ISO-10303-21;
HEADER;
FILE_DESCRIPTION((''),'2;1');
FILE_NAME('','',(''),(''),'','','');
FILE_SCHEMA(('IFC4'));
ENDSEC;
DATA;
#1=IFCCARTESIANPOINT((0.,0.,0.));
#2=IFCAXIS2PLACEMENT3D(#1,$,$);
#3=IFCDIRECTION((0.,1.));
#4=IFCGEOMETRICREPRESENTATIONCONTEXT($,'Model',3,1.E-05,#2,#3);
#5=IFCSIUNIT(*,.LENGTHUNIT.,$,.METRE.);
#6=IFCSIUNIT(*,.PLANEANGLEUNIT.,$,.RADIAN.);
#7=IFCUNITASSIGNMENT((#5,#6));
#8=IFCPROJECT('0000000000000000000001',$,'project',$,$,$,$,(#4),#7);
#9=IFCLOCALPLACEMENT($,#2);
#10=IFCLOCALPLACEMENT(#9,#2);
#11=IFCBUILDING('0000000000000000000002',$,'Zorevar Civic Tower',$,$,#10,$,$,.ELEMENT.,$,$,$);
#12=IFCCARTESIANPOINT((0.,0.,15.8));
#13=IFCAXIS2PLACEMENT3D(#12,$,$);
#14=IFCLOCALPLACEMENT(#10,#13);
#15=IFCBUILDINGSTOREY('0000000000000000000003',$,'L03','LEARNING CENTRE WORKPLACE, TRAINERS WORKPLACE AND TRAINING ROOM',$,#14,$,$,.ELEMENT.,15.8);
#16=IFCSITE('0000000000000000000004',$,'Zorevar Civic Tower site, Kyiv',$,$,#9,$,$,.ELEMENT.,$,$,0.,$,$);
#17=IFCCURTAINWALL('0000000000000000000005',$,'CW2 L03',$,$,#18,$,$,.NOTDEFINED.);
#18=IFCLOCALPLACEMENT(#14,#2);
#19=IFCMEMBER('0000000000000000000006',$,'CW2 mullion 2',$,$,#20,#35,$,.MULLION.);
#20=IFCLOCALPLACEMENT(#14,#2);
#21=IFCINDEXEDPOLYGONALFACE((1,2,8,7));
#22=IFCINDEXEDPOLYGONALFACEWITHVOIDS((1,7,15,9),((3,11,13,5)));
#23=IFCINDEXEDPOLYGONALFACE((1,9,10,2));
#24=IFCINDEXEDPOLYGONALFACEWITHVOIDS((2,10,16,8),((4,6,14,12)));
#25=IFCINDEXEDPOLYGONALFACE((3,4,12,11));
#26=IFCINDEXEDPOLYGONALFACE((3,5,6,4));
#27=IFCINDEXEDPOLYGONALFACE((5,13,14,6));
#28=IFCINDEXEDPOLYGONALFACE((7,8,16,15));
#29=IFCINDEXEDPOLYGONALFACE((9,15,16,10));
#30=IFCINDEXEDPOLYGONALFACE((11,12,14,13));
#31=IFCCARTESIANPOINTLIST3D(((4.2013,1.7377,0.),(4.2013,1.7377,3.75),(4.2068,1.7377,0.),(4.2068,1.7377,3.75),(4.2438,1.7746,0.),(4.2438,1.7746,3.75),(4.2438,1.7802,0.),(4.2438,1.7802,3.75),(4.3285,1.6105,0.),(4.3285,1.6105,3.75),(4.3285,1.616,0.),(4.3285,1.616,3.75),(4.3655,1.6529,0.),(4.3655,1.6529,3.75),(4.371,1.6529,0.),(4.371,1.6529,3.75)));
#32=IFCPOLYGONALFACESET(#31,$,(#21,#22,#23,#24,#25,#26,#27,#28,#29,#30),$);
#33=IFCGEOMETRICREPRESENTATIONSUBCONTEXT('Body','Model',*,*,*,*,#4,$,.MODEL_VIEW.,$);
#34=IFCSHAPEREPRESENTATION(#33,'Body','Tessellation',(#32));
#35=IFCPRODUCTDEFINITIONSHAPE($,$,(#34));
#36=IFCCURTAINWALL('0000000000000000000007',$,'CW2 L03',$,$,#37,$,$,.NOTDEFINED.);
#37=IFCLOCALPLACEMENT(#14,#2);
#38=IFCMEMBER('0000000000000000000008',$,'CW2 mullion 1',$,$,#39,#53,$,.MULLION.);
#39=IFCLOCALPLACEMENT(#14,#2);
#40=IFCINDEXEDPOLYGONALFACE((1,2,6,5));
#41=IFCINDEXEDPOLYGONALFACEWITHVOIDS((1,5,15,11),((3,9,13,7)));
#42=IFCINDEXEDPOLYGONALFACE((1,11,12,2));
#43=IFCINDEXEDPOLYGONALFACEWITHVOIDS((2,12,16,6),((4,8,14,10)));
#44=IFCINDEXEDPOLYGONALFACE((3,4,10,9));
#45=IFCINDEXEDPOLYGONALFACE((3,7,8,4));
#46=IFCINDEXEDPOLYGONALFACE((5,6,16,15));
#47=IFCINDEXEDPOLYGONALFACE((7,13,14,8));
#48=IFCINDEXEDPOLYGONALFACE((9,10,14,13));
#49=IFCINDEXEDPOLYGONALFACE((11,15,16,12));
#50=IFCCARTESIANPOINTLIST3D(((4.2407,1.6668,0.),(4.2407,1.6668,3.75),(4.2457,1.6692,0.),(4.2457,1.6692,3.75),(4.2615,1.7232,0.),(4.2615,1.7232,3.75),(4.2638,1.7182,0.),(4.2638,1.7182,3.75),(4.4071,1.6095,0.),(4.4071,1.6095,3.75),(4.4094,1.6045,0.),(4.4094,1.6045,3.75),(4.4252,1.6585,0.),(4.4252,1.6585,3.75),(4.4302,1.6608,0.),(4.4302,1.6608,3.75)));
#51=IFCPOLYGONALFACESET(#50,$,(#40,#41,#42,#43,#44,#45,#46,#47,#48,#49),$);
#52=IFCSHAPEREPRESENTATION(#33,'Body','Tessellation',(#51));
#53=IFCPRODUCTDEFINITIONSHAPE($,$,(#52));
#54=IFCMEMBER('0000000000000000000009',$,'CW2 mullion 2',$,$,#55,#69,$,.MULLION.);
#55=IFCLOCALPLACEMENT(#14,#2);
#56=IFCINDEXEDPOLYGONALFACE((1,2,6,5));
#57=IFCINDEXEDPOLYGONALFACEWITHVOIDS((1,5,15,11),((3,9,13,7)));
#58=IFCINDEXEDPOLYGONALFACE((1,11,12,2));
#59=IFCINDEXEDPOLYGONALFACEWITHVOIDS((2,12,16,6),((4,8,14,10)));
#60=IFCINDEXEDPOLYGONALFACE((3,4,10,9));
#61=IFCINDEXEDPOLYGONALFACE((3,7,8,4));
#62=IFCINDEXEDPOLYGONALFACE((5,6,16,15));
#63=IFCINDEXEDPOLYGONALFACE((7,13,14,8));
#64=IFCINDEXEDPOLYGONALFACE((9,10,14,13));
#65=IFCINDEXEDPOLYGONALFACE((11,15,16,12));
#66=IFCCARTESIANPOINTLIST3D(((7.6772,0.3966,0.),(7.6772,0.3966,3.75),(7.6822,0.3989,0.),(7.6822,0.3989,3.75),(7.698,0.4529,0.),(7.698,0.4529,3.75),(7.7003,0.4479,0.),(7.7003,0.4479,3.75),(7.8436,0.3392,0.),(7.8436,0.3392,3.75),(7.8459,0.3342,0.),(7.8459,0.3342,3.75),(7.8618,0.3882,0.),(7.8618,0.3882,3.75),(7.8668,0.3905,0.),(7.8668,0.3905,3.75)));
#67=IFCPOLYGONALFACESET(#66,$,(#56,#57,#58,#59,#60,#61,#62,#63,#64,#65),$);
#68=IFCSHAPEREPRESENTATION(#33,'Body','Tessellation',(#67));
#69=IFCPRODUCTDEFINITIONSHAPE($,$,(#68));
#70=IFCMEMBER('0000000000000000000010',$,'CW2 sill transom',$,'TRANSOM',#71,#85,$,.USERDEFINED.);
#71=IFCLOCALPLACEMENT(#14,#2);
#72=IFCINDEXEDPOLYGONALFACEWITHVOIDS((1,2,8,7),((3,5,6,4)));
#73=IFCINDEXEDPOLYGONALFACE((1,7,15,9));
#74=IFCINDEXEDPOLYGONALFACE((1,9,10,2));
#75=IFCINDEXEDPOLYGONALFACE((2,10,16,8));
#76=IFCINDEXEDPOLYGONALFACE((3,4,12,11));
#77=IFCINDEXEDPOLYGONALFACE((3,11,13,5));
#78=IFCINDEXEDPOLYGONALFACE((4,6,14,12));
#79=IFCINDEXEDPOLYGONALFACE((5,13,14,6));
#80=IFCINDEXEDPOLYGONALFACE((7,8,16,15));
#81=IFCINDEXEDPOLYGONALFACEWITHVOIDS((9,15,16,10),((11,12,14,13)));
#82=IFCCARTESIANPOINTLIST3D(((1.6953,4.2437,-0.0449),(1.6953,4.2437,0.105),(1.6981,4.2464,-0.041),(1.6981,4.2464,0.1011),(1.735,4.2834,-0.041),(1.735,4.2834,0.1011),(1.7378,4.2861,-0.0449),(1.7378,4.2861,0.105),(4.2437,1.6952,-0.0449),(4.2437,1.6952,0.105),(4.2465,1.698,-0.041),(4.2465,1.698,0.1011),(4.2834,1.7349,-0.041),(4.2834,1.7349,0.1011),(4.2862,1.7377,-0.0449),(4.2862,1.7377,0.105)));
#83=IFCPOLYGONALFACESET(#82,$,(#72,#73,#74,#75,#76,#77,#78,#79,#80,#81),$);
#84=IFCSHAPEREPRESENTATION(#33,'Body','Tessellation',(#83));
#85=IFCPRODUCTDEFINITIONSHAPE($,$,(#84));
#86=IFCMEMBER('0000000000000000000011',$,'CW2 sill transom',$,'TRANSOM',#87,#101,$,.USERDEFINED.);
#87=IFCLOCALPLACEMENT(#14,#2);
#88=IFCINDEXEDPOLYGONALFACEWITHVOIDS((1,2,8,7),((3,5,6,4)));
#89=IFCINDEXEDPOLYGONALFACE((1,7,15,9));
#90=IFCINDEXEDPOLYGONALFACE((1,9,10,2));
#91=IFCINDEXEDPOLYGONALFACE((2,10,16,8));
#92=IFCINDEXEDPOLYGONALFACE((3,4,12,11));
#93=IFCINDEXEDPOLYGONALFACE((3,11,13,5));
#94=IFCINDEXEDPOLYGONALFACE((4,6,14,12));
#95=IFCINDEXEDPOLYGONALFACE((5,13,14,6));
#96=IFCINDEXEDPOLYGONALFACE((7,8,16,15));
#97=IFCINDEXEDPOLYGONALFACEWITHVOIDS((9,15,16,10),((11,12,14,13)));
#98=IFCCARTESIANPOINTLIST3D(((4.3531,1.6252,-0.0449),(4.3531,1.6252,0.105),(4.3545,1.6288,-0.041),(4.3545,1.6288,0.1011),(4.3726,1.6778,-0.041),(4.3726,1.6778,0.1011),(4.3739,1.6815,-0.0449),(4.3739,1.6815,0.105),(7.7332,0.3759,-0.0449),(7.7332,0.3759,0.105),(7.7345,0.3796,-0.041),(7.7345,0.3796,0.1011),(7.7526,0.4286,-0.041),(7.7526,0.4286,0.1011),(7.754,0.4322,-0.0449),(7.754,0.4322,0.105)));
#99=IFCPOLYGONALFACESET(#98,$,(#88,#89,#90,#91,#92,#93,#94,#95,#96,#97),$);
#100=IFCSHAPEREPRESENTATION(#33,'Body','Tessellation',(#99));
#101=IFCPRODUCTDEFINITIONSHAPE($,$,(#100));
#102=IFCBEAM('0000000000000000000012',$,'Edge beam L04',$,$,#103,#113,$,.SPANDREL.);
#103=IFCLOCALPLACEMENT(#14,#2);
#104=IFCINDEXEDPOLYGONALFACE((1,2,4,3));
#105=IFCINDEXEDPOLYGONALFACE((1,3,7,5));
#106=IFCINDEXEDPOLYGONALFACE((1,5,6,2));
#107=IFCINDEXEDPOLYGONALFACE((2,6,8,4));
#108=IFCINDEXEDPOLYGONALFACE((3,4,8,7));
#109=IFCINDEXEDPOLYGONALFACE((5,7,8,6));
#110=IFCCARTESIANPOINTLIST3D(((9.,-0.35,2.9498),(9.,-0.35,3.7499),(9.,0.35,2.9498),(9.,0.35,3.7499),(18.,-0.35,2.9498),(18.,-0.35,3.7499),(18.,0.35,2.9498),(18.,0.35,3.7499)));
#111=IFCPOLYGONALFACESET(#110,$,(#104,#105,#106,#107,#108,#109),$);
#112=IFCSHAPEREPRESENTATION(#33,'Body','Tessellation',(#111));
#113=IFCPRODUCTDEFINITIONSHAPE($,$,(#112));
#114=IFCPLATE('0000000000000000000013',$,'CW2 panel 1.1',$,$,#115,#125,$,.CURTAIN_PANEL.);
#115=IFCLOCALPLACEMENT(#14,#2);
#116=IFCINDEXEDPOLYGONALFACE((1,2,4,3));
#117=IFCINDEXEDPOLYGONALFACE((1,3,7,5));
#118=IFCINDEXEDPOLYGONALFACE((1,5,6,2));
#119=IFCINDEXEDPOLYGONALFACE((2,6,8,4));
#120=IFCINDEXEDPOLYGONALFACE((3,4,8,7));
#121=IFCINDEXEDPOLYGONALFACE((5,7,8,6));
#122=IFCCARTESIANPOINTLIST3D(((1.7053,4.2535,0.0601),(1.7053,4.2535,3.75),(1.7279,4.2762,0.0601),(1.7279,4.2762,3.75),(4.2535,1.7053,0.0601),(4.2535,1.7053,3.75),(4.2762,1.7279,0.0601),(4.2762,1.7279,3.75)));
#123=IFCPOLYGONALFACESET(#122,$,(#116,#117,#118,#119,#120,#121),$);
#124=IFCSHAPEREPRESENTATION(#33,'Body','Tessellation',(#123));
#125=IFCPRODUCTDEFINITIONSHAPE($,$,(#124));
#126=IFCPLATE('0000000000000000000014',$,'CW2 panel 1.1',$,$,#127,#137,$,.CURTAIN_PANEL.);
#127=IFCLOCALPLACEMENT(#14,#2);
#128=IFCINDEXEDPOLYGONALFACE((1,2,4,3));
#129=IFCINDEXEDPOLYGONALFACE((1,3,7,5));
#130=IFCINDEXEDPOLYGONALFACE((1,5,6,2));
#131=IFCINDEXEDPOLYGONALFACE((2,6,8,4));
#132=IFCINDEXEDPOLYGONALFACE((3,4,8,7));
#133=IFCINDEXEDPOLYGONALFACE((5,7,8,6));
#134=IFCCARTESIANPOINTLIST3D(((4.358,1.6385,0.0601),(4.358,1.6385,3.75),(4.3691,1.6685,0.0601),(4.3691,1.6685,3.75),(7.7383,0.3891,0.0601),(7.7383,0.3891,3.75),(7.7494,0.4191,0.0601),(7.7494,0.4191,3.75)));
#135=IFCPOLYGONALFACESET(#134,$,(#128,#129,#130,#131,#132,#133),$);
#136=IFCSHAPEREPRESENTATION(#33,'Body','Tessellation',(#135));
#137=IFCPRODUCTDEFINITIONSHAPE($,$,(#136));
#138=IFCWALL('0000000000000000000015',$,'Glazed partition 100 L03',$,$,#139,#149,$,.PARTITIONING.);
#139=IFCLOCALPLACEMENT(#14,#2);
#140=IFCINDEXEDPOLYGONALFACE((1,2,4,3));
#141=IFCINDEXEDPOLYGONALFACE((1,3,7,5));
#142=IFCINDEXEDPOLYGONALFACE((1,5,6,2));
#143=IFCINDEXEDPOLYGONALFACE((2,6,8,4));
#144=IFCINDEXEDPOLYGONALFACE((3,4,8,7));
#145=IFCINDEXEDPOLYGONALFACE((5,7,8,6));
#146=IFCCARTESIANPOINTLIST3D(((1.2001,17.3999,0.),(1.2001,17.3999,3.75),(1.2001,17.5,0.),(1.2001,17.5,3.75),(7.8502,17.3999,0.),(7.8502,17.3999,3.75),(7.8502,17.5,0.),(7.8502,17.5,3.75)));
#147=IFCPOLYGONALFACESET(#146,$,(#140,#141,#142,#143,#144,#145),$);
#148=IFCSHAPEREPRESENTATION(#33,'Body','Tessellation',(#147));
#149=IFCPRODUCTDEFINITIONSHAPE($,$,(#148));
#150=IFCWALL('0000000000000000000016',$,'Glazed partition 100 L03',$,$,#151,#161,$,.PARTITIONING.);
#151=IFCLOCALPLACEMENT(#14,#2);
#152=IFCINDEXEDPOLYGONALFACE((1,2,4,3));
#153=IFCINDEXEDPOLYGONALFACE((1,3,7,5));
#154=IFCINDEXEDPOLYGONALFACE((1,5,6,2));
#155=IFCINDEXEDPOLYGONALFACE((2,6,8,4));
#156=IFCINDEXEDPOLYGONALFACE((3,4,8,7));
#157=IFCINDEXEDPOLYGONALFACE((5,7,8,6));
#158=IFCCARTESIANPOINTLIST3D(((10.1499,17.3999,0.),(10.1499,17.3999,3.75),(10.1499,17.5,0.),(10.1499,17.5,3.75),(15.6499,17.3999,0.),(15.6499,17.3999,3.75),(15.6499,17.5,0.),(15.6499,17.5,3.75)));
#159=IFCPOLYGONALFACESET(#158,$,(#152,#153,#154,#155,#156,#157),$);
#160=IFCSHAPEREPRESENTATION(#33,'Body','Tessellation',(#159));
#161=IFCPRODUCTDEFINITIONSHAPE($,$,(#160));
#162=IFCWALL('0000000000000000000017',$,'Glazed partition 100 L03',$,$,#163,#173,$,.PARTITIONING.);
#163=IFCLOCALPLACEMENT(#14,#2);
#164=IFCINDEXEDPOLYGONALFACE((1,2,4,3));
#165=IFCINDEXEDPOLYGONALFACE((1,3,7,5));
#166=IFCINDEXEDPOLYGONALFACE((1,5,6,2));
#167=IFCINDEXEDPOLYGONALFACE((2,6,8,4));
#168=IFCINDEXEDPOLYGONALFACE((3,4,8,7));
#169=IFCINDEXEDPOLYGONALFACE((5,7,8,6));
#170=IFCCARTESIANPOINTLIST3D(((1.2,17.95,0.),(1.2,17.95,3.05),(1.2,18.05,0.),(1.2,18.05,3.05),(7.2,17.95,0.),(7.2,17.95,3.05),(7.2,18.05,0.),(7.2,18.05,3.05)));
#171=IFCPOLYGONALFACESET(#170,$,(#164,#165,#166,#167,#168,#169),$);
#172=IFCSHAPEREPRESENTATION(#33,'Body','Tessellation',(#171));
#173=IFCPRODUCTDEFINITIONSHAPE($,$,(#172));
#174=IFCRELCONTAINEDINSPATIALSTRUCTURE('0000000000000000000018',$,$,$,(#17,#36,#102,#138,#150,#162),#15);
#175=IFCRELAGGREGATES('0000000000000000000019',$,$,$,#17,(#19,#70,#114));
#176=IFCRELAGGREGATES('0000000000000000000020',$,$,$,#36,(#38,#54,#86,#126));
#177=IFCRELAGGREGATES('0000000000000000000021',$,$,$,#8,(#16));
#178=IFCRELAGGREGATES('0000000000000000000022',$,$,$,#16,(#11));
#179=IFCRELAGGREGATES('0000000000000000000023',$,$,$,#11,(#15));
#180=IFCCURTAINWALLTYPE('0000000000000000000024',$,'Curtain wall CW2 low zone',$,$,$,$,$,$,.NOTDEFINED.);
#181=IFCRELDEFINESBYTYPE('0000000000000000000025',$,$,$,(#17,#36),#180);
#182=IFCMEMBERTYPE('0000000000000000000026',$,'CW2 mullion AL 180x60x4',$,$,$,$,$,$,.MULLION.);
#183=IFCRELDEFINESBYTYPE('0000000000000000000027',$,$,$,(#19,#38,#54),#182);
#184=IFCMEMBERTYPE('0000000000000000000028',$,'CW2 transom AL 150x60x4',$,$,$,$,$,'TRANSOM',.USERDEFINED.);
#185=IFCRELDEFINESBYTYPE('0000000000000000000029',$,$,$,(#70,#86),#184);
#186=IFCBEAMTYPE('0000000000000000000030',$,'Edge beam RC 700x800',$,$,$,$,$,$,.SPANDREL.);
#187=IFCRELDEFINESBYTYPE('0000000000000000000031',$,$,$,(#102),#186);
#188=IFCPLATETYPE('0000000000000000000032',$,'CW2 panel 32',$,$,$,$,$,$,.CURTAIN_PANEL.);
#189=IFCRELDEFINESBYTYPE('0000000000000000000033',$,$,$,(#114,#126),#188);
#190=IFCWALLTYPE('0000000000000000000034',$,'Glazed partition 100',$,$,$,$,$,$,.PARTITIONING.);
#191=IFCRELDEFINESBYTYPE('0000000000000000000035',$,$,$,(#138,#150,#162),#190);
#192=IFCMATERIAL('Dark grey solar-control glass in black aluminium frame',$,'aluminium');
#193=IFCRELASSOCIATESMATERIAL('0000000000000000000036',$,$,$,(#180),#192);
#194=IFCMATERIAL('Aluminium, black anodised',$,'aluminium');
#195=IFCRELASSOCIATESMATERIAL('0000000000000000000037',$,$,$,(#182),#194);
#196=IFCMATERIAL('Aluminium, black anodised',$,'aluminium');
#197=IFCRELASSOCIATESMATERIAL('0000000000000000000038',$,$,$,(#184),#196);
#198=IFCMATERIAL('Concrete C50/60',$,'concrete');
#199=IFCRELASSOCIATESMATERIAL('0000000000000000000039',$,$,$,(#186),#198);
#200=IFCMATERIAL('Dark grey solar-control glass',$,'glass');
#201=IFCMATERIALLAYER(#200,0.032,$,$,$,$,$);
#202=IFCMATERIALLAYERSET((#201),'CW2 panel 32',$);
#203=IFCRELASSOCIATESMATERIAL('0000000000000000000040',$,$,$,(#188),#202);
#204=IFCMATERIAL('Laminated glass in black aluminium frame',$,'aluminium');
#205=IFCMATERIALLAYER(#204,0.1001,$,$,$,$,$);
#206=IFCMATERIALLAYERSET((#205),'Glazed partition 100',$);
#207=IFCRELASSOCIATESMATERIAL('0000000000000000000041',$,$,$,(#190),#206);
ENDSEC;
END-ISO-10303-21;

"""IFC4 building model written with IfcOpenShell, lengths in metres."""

from ifc_helpers import new_model, si_unit, direction, frame, frame_2d, origin, origin_2d, place, context, subcontext, project, spatial, rectangle, hollow_rectangle, extrude, material, layer, layer_set, material_profile, profile_set, type_object, element, aggregate, save


model = new_model("IFC4")

# Units and contexts
model_context = context("Model", 3, precision=1e-05, world=origin(), true_north=direction((0.0, 1.0)))
body_context = subcontext(model_context, "Body", "Model", "MODEL_VIEW")
ifc_project = project(units=[si_unit("LENGTHUNIT", "METRE"), si_unit("PLANEANGLEUNIT", "RADIAN")], contexts=[model_context])

# Site, building, storey
site_placement = place(None, origin())
site = spatial("IfcSite", under=ifc_project, at=site_placement, Name="Zorevar Civic Tower site, Kyiv", CompositionType="ELEMENT", RefElevation=0.0)
building_placement = place(site_placement, origin())
building = spatial("IfcBuilding", under=site, at=building_placement, Name="Zorevar Civic Tower", CompositionType="ELEMENT")
storey_placement = place(building_placement, frame((0.0, 0.0, 15.8)))
storey = spatial("IfcBuildingStorey", under=building, at=storey_placement, Name="L03", Description="LEARNING CENTRE WORKPLACE, TRAINERS WORKPLACE AND TRAINING ROOM", CompositionType="ELEMENT", Elevation=15.8)

# Shared definitions
ifc_material_1 = material(Name="Dark grey solar-control glass in black aluminium frame", Category="aluminium")
curtain_wall_type = type_object("IfcCurtainWallType", Name="Curtain wall CW2 low zone", PredefinedType="NOTDEFINED", material=ifc_material_1)
ifc_material_2 = material(Name="Aluminium, black anodised", Category="aluminium")
ifc_material_profile_1 = material_profile(ifc_material_2, hollow_rectangle(XDim=0.0601, YDim=0.1799, WallThickness=0.0039, at=origin_2d()), Name="AL 180x60x4")
ifc_profile_set_1 = profile_set([ifc_material_profile_1], Name="Aluminium, black anodised")
member_type_1 = type_object("IfcMemberType", Name="CW2 mullion AL 180x60x4", PredefinedType="MULLION", material=ifc_profile_set_1)

# Curtain walls, members
curtain_wall_1_placement = place(storey_placement, origin())
curtain_wall_1 = element("IfcCurtainWall", 1, at=curtain_wall_1_placement, inside=storey, type_object=curtain_wall_type, Name="CW2 L03", PredefinedType="NOTDEFINED")
member_1_placement = place(storey_placement, frame((4.2861, 1.6953, 0.0), z_axis=(0.0, 0.0, 1.0), x_axis=(0.707107, 0.707107, 0.0)))
member_1 = element("IfcMember", 2, at=member_1_placement, type_object=member_type_1, Name="CW2 mullion 2", PredefinedType="MULLION", context=body_context, shape_type="SweptSolid", body=[
    extrude(hollow_rectangle(XDim=0.0601, YDim=0.1799, WallThickness=0.0039, at=origin_2d()), origin(), (0.0, 0.0, 1.0), 3.75),
])
curtain_wall_2_placement = place(storey_placement, origin())
curtain_wall_2 = element("IfcCurtainWall", 3, at=curtain_wall_2_placement, inside=storey, type_object=curtain_wall_type, Name="CW2 L03", PredefinedType="NOTDEFINED")
member_2_placement = place(storey_placement, frame((4.3354, 1.6638, 0.0), z_axis=(0.0, 0.0, 1.0), x_axis=(0.346704, 0.937975, 0.0)))
member_2 = element("IfcMember", 4, at=member_2_placement, type_object=member_type_1, Name="CW2 mullion 1", PredefinedType="MULLION", context=body_context, shape_type="SweptSolid", body=[
    extrude(hollow_rectangle(XDim=0.0601, YDim=0.1799, WallThickness=0.0039, at=origin_2d()), origin(), (0.0, 0.0, 1.0), 3.75),
])
member_3_placement = place(storey_placement, frame((7.772, 0.3936, 0.0), z_axis=(0.0, 0.0, 1.0), x_axis=(0.346704, 0.937975, 0.0)))
member_3 = element("IfcMember", 5, at=member_3_placement, type_object=member_type_1, Name="CW2 mullion 2", PredefinedType="MULLION", context=body_context, shape_type="SweptSolid", body=[
    extrude(hollow_rectangle(XDim=0.0601, YDim=0.1799, WallThickness=0.0039, at=origin_2d()), origin(), (0.0, 0.0, 1.0), 3.75),
])

# Members
ifc_material_3 = material(Name="Aluminium, black anodised", Category="aluminium")
ifc_material_profile_2 = material_profile(ifc_material_3, hollow_rectangle(XDim=0.0601, YDim=0.1499, WallThickness=0.0039, at=origin_2d()), Name="AL 150x60x4")
ifc_profile_set_2 = profile_set([ifc_material_profile_2], Name="Aluminium, black anodised")
member_type_2 = type_object("IfcMemberType", Name="CW2 transom AL 150x60x4", ElementType="TRANSOM", PredefinedType="USERDEFINED", material=ifc_profile_set_2)
member_4_placement = place(storey_placement, frame((1.7166, 4.2649, 0.03), z_axis=(0.707107, -0.707107, 0.0), x_axis=(0.707107, 0.707107, 0.0)))
member_4 = element("IfcMember", 6, at=member_4_placement, type_object=member_type_2, Name="CW2 sill transom", ObjectType="TRANSOM", PredefinedType="USERDEFINED", context=body_context, shape_type="SweptSolid", body=[
    extrude(hollow_rectangle(XDim=0.0601, YDim=0.1499, WallThickness=0.0039, at=origin_2d()), origin(), (0.0, 0.0, 1.0), 3.604),
])
member_5_placement = place(storey_placement, frame((4.3635, 1.6533, 0.03), z_axis=(0.937986, -0.346672, 0.0), x_axis=(0.346672, 0.937986, 0.0)))
member_5 = element("IfcMember", 7, at=member_5_placement, type_object=member_type_2, Name="CW2 sill transom", ObjectType="TRANSOM", PredefinedType="USERDEFINED", context=body_context, shape_type="SweptSolid", body=[
    extrude(hollow_rectangle(XDim=0.0601, YDim=0.1499, WallThickness=0.0039, at=origin_2d()), origin(), (0.0, 0.0, 1.0), 3.6035),
])

# Beam
ifc_material_4 = material(Name="Concrete C50/60", Category="concrete")
ifc_material_profile_3 = material_profile(ifc_material_4, rectangle(XDim=0.7, YDim=0.8, at=origin_2d()), Name="RC 700x800")
ifc_profile_set_3 = profile_set([ifc_material_profile_3], Name="Concrete C50/60")
beam_type_1 = type_object("IfcBeamType", Name="Edge beam RC 700x800", PredefinedType="SPANDREL", material=ifc_profile_set_3)
beam_1_placement = place(storey_placement, frame((9.0, 0.0, 3.3499), z_axis=(1.0, 0.0, 0.0), x_axis=(0.0, 1.0, 0.0)))
element("IfcBeam", 8, at=beam_1_placement, inside=storey, type_object=beam_type_1, Name="Edge beam L04", PredefinedType="SPANDREL", context=body_context, shape_type="SweptSolid", body=[
    extrude(rectangle(XDim=0.7, YDim=0.8, at=origin_2d()), origin(), (0.0, 0.0, 1.0), 9.0),
])

# Plates
ifc_material_5 = material(Name="Dark grey solar-control glass", Category="glass")
ifc_layer_1 = layer(ifc_material_5, 0.032)
ifc_layer_set_1 = layer_set([ifc_layer_1], Name="CW2 panel 32")
plate_type = type_object("IfcPlateType", Name="CW2 panel 32", PredefinedType="CURTAIN_PANEL", material=ifc_layer_set_1)
plate_1_placement = place(storey_placement, frame((2.9907, 2.9907, 0.0601), z_axis=(0.0, 0.0, 1.0), x_axis=(0.707107, -0.707107, 0.0)))
plate_1 = element("IfcPlate", 9, at=plate_1_placement, type_object=plate_type, Name="CW2 panel 1.1", PredefinedType="CURTAIN_PANEL", context=body_context, shape_type="SweptSolid", body=[
    extrude(rectangle(XDim=3.6038, YDim=0.032, at=origin_2d()), origin(), (0.0, 0.0, 1.0), 3.6899),
])
aggregate(curtain_wall_1, [member_1, member_4, plate_1])
plate_2_placement = place(storey_placement, frame((6.0537, 1.0288, 0.0601), z_axis=(0.0, 0.0, 1.0), x_axis=(0.937975, -0.346704, 0.0)))
plate_2 = element("IfcPlate", 10, at=plate_2_placement, type_object=plate_type, Name="CW2 panel 1.1", PredefinedType="CURTAIN_PANEL", context=body_context, shape_type="SweptSolid", body=[
    extrude(rectangle(XDim=3.6038, YDim=0.032, at=origin_2d()), origin(), (0.0, 0.0, 1.0), 3.6899),
])
aggregate(curtain_wall_2, [member_2, member_3, member_5, plate_2])

# Walls
ifc_material_6 = material(Name="Laminated glass in black aluminium frame", Category="aluminium")
ifc_layer_2 = layer(ifc_material_6, 0.1001)
ifc_layer_set_2 = layer_set([ifc_layer_2], Name="Glazed partition 100")
wall_type_1 = type_object("IfcWallType", Name="Glazed partition 100", PredefinedType="PARTITIONING", material=ifc_layer_set_2)
wall_1_placement = place(storey_placement, frame((1.2, 17.45, 0.0), z_axis=(0.0, 0.0, 1.0), x_axis=(1.0, 0.0, 0.0)))
element("IfcWall", 11, at=wall_1_placement, inside=storey, type_object=wall_type_1, Name="Glazed partition 100 L03", PredefinedType="PARTITIONING", context=body_context, shape_type="SweptSolid", body=[
    extrude(rectangle(XDim=6.6501, YDim=0.1001, at=frame_2d((3.3252, 0.0))), origin(), (0.0, 0.0, 1.0), 3.75),
])
wall_2_placement = place(storey_placement, frame((10.1499, 17.45, 0.0), z_axis=(0.0, 0.0, 1.0), x_axis=(1.0, 0.0, 0.0)))
element("IfcWall", 12, at=wall_2_placement, inside=storey, type_object=wall_type_1, Name="Glazed partition 100 L03", PredefinedType="PARTITIONING", context=body_context, shape_type="SweptSolid", body=[
    extrude(rectangle(XDim=5.5, YDim=0.1001, at=frame_2d((2.75, 0.0))), origin(), (0.0, 0.0, 1.0), 3.75),
])
wall_3_placement = place(storey_placement, frame((1.2, 18.0, 0.0), z_axis=(0.0, 0.0, 1.0), x_axis=(1.0, 0.0, 0.0)))
element("IfcWall", 13, at=wall_3_placement, inside=storey, type_object=wall_type_1, Name="Glazed partition 100 L03", PredefinedType="PARTITIONING", context=body_context, shape_type="SweptSolid", body=[
    extrude(rectangle(XDim=6.0, YDim=0.1001, at=frame_2d((3.0, 0.0))), origin(), (0.0, 0.0, 1.0), 3.05),
])

save(model, "model.ifc")
